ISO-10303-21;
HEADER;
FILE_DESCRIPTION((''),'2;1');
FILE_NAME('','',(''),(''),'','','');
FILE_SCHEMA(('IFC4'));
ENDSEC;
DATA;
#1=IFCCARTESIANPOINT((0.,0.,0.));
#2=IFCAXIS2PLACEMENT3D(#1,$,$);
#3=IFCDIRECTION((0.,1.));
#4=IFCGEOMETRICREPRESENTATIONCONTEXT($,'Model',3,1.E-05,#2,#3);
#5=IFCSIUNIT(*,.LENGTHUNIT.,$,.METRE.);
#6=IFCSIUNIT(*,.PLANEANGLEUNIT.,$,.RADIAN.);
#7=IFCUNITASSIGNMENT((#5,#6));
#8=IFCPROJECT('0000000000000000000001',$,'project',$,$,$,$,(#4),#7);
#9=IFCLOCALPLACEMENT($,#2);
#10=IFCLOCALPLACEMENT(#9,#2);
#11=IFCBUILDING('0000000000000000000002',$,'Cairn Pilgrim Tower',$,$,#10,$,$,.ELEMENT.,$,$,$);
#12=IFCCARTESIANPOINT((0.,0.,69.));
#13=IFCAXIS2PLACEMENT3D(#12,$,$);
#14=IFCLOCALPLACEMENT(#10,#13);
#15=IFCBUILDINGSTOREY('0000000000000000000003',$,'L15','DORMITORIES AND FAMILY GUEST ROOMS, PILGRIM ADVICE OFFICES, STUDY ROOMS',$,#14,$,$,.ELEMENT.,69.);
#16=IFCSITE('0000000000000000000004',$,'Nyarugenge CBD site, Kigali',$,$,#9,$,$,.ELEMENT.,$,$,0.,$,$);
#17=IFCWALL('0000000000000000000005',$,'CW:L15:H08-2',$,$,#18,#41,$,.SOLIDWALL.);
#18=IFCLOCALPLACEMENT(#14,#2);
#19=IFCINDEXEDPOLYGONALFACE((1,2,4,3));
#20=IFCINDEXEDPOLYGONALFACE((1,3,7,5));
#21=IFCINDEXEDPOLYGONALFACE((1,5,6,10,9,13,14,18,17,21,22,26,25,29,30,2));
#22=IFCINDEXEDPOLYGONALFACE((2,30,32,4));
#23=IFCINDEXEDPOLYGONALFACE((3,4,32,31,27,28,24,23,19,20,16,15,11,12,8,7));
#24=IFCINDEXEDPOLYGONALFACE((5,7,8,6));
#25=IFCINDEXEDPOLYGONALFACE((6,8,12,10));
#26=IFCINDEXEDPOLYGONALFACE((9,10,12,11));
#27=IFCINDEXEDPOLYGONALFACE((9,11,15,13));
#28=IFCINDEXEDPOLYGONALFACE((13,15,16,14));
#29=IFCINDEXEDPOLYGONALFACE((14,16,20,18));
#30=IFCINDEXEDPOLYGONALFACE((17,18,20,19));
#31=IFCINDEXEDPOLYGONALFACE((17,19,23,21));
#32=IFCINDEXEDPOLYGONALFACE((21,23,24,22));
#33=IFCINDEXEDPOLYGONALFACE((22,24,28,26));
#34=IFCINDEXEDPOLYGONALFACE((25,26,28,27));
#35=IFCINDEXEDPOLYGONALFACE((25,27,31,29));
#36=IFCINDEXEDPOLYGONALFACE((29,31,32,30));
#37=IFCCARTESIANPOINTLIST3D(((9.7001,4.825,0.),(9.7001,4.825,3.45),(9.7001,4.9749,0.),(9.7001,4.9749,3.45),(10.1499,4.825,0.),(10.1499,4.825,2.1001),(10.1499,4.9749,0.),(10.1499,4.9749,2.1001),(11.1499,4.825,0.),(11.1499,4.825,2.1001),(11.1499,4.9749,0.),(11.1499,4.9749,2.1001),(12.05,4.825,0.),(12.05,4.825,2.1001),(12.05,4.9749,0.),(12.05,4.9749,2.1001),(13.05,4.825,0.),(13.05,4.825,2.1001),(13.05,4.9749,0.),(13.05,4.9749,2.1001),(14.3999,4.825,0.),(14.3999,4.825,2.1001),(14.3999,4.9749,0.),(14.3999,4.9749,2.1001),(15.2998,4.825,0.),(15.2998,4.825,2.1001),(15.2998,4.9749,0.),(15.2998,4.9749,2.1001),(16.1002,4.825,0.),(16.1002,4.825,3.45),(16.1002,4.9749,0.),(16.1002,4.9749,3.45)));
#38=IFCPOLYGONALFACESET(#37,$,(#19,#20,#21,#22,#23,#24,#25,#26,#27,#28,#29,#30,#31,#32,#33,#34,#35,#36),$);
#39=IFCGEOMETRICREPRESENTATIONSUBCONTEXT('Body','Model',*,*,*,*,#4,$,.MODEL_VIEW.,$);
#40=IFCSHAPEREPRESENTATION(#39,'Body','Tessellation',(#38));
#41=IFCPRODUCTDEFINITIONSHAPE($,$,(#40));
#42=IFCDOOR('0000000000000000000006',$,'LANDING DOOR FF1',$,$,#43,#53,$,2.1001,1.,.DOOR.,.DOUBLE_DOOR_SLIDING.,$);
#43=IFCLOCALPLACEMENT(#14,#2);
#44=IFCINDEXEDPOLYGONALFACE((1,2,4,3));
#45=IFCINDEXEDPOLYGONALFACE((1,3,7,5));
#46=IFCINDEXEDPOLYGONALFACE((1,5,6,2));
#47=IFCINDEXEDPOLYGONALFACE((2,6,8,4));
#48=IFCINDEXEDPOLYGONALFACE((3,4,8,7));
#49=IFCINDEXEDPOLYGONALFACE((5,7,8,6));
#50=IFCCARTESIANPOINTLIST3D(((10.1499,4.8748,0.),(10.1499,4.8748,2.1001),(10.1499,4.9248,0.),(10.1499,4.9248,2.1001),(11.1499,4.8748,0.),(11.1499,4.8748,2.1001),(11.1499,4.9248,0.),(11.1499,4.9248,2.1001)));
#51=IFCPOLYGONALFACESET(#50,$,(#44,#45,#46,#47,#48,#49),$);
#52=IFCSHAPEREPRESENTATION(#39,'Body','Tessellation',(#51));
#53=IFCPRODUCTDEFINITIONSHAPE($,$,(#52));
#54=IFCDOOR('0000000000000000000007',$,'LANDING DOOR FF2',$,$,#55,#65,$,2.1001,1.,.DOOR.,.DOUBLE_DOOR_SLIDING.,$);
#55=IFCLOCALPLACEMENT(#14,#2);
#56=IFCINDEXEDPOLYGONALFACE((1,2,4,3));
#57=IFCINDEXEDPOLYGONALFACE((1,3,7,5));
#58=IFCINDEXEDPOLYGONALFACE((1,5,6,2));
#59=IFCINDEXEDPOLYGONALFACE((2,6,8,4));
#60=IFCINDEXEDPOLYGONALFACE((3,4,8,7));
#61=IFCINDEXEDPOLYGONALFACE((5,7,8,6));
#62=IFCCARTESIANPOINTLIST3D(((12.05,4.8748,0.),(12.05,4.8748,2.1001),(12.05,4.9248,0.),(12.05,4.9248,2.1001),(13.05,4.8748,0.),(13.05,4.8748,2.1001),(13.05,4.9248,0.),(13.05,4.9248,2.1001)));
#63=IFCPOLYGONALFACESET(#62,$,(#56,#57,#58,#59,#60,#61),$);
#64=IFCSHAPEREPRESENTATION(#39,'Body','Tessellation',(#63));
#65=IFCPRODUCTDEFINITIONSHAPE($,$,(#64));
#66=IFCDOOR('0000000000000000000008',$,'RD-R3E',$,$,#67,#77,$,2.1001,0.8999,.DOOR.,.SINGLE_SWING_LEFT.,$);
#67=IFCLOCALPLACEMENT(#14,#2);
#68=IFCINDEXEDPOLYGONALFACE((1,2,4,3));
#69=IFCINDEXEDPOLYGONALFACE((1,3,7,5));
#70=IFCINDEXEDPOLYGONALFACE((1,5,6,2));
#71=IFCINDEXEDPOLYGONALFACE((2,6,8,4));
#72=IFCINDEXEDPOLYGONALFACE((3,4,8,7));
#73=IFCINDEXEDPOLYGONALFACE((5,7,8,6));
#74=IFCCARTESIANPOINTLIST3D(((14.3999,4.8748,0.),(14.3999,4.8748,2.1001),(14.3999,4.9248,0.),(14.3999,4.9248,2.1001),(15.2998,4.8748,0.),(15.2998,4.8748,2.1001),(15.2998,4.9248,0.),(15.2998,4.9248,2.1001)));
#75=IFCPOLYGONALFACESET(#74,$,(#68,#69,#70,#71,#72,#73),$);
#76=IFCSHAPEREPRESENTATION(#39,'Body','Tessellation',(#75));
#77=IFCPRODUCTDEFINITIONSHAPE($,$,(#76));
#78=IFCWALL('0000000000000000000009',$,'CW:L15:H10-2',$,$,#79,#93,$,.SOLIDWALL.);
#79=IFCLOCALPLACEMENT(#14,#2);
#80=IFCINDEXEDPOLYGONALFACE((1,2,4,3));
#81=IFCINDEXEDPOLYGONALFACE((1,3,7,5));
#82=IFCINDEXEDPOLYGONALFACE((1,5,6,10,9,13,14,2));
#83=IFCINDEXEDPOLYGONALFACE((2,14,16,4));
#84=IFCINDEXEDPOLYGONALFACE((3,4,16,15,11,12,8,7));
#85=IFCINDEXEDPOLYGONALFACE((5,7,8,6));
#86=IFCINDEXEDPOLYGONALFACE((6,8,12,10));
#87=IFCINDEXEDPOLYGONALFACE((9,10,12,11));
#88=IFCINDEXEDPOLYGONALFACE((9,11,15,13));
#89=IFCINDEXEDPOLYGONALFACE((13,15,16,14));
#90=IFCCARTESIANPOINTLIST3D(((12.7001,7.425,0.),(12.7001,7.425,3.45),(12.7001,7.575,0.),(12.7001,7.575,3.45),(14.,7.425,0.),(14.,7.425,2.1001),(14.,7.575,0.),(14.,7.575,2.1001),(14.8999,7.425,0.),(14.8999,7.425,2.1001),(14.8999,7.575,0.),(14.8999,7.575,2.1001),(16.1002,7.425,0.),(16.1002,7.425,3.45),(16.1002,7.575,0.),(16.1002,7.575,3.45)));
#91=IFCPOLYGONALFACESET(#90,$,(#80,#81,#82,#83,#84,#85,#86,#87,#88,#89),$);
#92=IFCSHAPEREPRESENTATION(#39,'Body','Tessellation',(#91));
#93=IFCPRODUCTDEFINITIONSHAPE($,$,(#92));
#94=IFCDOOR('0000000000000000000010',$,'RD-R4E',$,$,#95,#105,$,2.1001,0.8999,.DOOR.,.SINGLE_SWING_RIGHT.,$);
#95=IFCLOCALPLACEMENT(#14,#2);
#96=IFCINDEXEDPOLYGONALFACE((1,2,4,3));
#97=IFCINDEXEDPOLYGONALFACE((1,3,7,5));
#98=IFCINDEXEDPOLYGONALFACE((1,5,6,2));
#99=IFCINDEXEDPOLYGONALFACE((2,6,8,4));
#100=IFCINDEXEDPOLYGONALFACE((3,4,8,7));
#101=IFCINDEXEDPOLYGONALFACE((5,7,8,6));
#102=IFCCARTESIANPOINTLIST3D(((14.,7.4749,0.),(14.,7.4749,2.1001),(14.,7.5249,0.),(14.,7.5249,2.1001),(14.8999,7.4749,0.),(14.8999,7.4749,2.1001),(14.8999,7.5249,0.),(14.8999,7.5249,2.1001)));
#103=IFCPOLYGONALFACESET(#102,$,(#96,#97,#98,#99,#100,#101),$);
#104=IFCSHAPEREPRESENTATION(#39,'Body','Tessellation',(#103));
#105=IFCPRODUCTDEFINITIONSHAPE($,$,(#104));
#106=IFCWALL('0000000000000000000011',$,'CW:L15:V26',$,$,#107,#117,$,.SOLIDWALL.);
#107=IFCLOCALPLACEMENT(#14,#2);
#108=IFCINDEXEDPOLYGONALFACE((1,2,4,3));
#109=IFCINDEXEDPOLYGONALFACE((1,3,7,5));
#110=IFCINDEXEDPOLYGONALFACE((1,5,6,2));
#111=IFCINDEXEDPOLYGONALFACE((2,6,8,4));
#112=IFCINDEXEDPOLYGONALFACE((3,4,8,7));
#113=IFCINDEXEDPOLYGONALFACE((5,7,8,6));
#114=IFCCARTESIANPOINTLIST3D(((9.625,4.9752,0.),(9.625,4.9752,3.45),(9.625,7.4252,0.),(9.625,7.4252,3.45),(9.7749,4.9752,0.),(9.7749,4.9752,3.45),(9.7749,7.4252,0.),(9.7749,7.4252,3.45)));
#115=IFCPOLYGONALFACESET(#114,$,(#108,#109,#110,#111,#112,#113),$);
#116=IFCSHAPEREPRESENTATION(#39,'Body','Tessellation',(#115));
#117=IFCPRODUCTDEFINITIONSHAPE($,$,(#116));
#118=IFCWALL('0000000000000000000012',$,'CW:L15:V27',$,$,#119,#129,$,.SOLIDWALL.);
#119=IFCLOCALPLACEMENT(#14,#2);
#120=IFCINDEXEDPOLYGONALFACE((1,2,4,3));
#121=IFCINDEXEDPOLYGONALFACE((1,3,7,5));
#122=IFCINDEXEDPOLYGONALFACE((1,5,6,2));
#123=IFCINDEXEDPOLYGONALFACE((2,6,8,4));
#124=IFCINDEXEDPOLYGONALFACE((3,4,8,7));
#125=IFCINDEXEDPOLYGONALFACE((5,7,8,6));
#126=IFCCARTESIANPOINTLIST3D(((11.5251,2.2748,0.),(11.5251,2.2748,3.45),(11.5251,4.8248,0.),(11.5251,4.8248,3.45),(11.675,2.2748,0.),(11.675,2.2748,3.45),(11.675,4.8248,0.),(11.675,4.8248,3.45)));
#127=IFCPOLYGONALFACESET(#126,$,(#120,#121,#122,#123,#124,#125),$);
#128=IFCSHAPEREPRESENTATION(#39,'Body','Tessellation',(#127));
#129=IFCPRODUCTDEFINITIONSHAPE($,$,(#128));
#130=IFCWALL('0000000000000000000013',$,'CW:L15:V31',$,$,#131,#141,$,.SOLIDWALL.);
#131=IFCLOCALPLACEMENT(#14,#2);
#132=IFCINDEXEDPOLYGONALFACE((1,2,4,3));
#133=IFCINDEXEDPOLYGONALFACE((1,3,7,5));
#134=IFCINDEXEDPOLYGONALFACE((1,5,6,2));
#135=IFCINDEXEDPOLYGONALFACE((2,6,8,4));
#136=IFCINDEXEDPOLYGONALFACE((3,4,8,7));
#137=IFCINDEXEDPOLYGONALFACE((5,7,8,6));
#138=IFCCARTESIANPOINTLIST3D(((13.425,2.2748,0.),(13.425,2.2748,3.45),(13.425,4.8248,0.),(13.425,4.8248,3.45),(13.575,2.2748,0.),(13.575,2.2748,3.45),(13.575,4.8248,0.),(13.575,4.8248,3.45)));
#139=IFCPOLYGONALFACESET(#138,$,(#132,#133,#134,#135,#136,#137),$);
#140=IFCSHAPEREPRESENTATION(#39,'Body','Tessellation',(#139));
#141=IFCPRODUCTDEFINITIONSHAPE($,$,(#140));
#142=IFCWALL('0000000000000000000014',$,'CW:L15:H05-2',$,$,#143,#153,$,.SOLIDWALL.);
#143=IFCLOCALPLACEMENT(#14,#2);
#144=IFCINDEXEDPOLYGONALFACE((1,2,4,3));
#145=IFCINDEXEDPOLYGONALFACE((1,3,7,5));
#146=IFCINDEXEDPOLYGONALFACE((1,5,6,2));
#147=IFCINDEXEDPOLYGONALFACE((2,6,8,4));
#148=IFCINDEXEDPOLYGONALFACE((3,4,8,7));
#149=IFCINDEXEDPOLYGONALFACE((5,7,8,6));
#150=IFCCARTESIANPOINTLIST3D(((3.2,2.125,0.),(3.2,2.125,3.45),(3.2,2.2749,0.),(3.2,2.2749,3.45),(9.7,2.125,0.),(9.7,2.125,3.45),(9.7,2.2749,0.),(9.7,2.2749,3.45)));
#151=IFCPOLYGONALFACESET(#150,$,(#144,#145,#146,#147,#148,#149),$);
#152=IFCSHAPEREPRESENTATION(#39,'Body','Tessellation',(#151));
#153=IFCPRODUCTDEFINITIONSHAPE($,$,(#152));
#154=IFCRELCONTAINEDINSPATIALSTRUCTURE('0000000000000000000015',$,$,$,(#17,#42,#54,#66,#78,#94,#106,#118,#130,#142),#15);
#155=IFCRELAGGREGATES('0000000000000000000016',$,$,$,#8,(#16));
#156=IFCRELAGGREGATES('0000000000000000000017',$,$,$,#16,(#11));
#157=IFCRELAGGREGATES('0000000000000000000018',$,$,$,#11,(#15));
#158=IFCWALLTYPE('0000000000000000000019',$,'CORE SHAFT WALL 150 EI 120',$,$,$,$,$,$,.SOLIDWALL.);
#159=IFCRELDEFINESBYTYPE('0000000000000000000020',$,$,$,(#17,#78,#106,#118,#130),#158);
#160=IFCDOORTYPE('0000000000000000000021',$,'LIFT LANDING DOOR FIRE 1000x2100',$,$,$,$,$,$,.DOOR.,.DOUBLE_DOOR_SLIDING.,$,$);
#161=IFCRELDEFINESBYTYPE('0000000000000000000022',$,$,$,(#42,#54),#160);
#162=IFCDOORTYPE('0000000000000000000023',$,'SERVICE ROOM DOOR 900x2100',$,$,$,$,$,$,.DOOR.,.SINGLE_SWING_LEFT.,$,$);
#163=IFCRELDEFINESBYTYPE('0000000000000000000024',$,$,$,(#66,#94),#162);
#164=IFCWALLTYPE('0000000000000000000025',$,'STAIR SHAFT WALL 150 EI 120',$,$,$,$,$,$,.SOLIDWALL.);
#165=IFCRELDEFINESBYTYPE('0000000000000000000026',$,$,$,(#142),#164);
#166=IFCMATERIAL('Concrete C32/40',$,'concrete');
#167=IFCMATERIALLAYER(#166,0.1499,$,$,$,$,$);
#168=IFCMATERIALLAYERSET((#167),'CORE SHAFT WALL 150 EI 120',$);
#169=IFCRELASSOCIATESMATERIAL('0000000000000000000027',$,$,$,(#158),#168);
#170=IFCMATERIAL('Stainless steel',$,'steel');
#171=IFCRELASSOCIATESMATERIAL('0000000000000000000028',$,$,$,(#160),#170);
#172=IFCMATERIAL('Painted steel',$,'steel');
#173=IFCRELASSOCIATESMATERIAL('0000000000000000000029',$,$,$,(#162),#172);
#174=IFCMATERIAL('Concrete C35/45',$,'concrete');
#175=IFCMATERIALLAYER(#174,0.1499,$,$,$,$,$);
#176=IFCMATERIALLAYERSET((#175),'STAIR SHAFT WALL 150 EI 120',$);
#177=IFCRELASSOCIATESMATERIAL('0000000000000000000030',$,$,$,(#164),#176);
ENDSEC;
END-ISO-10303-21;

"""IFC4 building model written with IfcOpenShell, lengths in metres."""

from ifc_helpers import new_model, si_unit, direction, frame, frame_2d, origin, place, context, subcontext, project, spatial, rectangle, extrude, material, layer, layer_set, type_object, element, fill, save


model = new_model("IFC4")

# Units and contexts
model_context = context("Model", 3, precision=1e-05, world=origin(), true_north=direction((0.0, 1.0)))
body_context = subcontext(model_context, "Body", "Model", "MODEL_VIEW")
ifc_project = project(units=[si_unit("LENGTHUNIT", "METRE"), si_unit("PLANEANGLEUNIT", "RADIAN")], contexts=[model_context])

# Site, building, storey
site_placement = place(None, origin())
site = spatial("IfcSite", under=ifc_project, at=site_placement, Name="Nyarugenge CBD site, Kigali", CompositionType="ELEMENT", RefElevation=0.0)
building_placement = place(site_placement, origin())
building = spatial("IfcBuilding", under=site, at=building_placement, Name="Cairn Pilgrim Tower", CompositionType="ELEMENT")
storey_placement = place(building_placement, frame((0.0, 0.0, 69.0)))
storey = spatial("IfcBuildingStorey", under=building, at=storey_placement, Name="L15", Description="DORMITORIES AND FAMILY GUEST ROOMS, PILGRIM ADVICE OFFICES, STUDY ROOMS", CompositionType="ELEMENT", Elevation=69.0)

# Shared definitions
ifc_material_1 = material(Name="Concrete C32/40", Category="concrete")
ifc_layer_1 = layer(ifc_material_1, 0.1499)
ifc_layer_set_1 = layer_set([ifc_layer_1], Name="CORE SHAFT WALL 150 EI 120")
wall_type_1 = type_object("IfcWallType", Name="CORE SHAFT WALL 150 EI 120", PredefinedType="SOLIDWALL", material=ifc_layer_set_1)

# Wall, openings, doors
wall_1_placement = place(storey_placement, frame((9.7, 4.8999, 0.0), z_axis=(0.0, 0.0, 1.0), x_axis=(1.0, 0.0, 0.0)))
wall_1 = element("IfcWall", 1, at=wall_1_placement, inside=storey, type_object=wall_type_1, Name="CW:L15:H08-2", PredefinedType="SOLIDWALL", context=body_context, shape_type="SweptSolid", body=[
    extrude(rectangle(XDim=6.4001, YDim=0.1499, at=frame_2d((3.2002, 0.0))), origin(), (0.0, 0.0, 1.0), 3.45),
])
opening_1_placement = place(wall_1_placement, frame((0.45, 0.0, 0.0)))
opening_1 = element("IfcOpeningElement", 2, at=opening_1_placement, cuts=wall_1, PredefinedType="OPENING", context=body_context, shape_type="SweptSolid", body=[
    extrude(rectangle(XDim=1.0, YDim=2.1001, at=frame_2d((0.5, 1.05))), frame((0.0, 0.085, 0.0), z_axis=(0.0, -1.0, 0.0), x_axis=(1.0, 0.0, 0.0)), (0.0, 0.0, 1.0), 0.1699),
])
opening_2_placement = place(wall_1_placement, frame((2.3501, 0.0, 0.0)))
opening_2 = element("IfcOpeningElement", 3, at=opening_2_placement, cuts=wall_1, PredefinedType="OPENING", context=body_context, shape_type="SweptSolid", body=[
    extrude(rectangle(XDim=1.0, YDim=2.1001, at=frame_2d((0.5, 1.05))), frame((0.0, 0.085, 0.0), z_axis=(0.0, -1.0, 0.0), x_axis=(1.0, 0.0, 0.0)), (0.0, 0.0, 1.0), 0.1699),
])
opening_3_placement = place(wall_1_placement, frame((4.7, 0.0, 0.0)))
opening_3 = element("IfcOpeningElement", 4, at=opening_3_placement, cuts=wall_1, PredefinedType="OPENING", context=body_context, shape_type="SweptSolid", body=[
    extrude(rectangle(XDim=0.8999, YDim=2.1001, at=frame_2d((0.45, 1.05))), frame((0.0, 0.085, 0.0), z_axis=(0.0, -1.0, 0.0), x_axis=(1.0, 0.0, 0.0)), (0.0, 0.0, 1.0), 0.1699),
])
ifc_material_2 = material(Name="Stainless steel", Category="steel")
door_type_1 = type_object("IfcDoorType", Name="LIFT LANDING DOOR FIRE 1000x2100", OperationType="DOUBLE_DOOR_SLIDING", PredefinedType="DOOR", material=ifc_material_2)
door_1_placement = place(opening_1_placement, origin())
door_1 = element("IfcDoor", 5, at=door_1_placement, inside=storey, type_object=door_type_1, Name="LANDING DOOR FF1", OperationType="DOUBLE_DOOR_SLIDING", OverallHeight=2.1001, OverallWidth=1.0, PredefinedType="DOOR", context=body_context, shape_type="SweptSolid", body=[
    extrude(rectangle(XDim=1.0, YDim=2.1001, at=frame_2d((0.5, 1.05))), frame((0.0, 0.0249, 0.0), z_axis=(0.0, -1.0, 0.0), x_axis=(1.0, 0.0, 0.0)), (0.0, 0.0, 1.0), 0.05),
])
fill(opening_1, door_1)
door_2_placement = place(opening_2_placement, origin())
door_2 = element("IfcDoor", 6, at=door_2_placement, inside=storey, type_object=door_type_1, Name="LANDING DOOR FF2", OperationType="DOUBLE_DOOR_SLIDING", OverallHeight=2.1001, OverallWidth=1.0, PredefinedType="DOOR", context=body_context, shape_type="SweptSolid", body=[
    extrude(rectangle(XDim=1.0, YDim=2.1001, at=frame_2d((0.5, 1.05))), frame((0.0, 0.0249, 0.0), z_axis=(0.0, -1.0, 0.0), x_axis=(1.0, 0.0, 0.0)), (0.0, 0.0, 1.0), 0.05),
])
fill(opening_2, door_2)
ifc_material_3 = material(Name="Painted steel", Category="steel")
door_type_2 = type_object("IfcDoorType", Name="SERVICE ROOM DOOR 900x2100", OperationType="SINGLE_SWING_LEFT", PredefinedType="DOOR", material=ifc_material_3)
door_3_placement = place(opening_3_placement, origin())
door_3 = element("IfcDoor", 7, at=door_3_placement, inside=storey, type_object=door_type_2, Name="RD-R3E", OperationType="SINGLE_SWING_LEFT", OverallHeight=2.1001, OverallWidth=0.8999, PredefinedType="DOOR", context=body_context, shape_type="SweptSolid", body=[
    extrude(rectangle(XDim=0.8999, YDim=2.1001, at=frame_2d((0.45, 1.05))), frame((0.0, 0.0249, 0.0), z_axis=(0.0, -1.0, 0.0), x_axis=(1.0, 0.0, 0.0)), (0.0, 0.0, 1.0), 0.05),
])
fill(opening_3, door_3)

# Wall, opening, door
wall_2_placement = place(storey_placement, frame((12.7, 7.5, 0.0), z_axis=(0.0, 0.0, 1.0), x_axis=(1.0, 0.0, 0.0)))
wall_2 = element("IfcWall", 8, at=wall_2_placement, inside=storey, type_object=wall_type_1, Name="CW:L15:H10-2", PredefinedType="SOLIDWALL", context=body_context, shape_type="SweptSolid", body=[
    extrude(rectangle(XDim=3.4001, YDim=0.1499, at=frame_2d((1.7002, 0.0))), origin(), (0.0, 0.0, 1.0), 3.45),
])
opening_4_placement = place(wall_2_placement, frame((1.3, 0.0, 0.0)))
opening_4 = element("IfcOpeningElement", 9, at=opening_4_placement, cuts=wall_2, PredefinedType="OPENING", context=body_context, shape_type="SweptSolid", body=[
    extrude(rectangle(XDim=0.8999, YDim=2.1001, at=frame_2d((0.45, 1.05))), frame((0.0, 0.085, 0.0), z_axis=(0.0, -1.0, 0.0), x_axis=(1.0, 0.0, 0.0)), (0.0, 0.0, 1.0), 0.1699),
])
door_4_placement = place(opening_4_placement, origin())
door_4 = element("IfcDoor", 10, at=door_4_placement, inside=storey, type_object=door_type_2, Name="RD-R4E", OperationType="SINGLE_SWING_RIGHT", OverallHeight=2.1001, OverallWidth=0.8999, PredefinedType="DOOR", context=body_context, shape_type="SweptSolid", body=[
    extrude(rectangle(XDim=0.8999, YDim=2.1001, at=frame_2d((0.45, 1.05))), frame((0.0, 0.0249, 0.0), z_axis=(0.0, -1.0, 0.0), x_axis=(1.0, 0.0, 0.0)), (0.0, 0.0, 1.0), 0.05),
])
fill(opening_4, door_4)

# Walls
wall_3_placement = place(storey_placement, frame((9.7, 4.9751, 0.0), z_axis=(0.0, 0.0, 1.0), x_axis=(0.0, 1.0, 0.0)))
element("IfcWall", 11, at=wall_3_placement, inside=storey, type_object=wall_type_1, Name="CW:L15:V26", PredefinedType="SOLIDWALL", context=body_context, shape_type="SweptSolid", body=[
    extrude(rectangle(XDim=2.45, YDim=0.1499, at=frame_2d((1.2251, 0.0))), origin(), (0.0, 0.0, 1.0), 3.45),
])
for number, where, z_axis, x_axis, name in (
    (12, (11.6001, 2.2749, 0.0), (0.0, 0.0, 1.0), (0.0, 1.0, 0.0), "CW:L15:V27"),
    (13, (13.5, 2.2749, 0.0), (0.0, 0.0, 1.0), (0.0, 1.0, 0.0), "CW:L15:V31"),
):
    element("IfcWall", number, at=place(storey_placement, frame(where, z_axis=z_axis, x_axis=x_axis)), inside=storey, type_object=wall_type_1, Name=name, PredefinedType="SOLIDWALL", context=body_context, shape_type="SweptSolid", body=[
        extrude(rectangle(XDim=2.55, YDim=0.1499, at=frame_2d((1.2749, 0.0))), origin(), (0.0, 0.0, 1.0), 3.45),
    ])
ifc_material_4 = material(Name="Concrete C35/45", Category="concrete")
ifc_layer_2 = layer(ifc_material_4, 0.1499)
ifc_layer_set_2 = layer_set([ifc_layer_2], Name="STAIR SHAFT WALL 150 EI 120")
wall_type_2 = type_object("IfcWallType", Name="STAIR SHAFT WALL 150 EI 120", PredefinedType="SOLIDWALL", material=ifc_layer_set_2)
wall_4_placement = place(storey_placement, frame((3.2, 2.2, 0.0), z_axis=(0.0, 0.0, 1.0), x_axis=(1.0, 0.0, 0.0)))
element("IfcWall", 14, at=wall_4_placement, inside=storey, type_object=wall_type_2, Name="CW:L15:H05-2", PredefinedType="SOLIDWALL", context=body_context, shape_type="SweptSolid", body=[
    extrude(rectangle(XDim=6.5, YDim=0.1499, at=frame_2d((3.25, 0.0))), origin(), (0.0, 0.0, 1.0), 3.45),
])

save(model, "model.ifc")
